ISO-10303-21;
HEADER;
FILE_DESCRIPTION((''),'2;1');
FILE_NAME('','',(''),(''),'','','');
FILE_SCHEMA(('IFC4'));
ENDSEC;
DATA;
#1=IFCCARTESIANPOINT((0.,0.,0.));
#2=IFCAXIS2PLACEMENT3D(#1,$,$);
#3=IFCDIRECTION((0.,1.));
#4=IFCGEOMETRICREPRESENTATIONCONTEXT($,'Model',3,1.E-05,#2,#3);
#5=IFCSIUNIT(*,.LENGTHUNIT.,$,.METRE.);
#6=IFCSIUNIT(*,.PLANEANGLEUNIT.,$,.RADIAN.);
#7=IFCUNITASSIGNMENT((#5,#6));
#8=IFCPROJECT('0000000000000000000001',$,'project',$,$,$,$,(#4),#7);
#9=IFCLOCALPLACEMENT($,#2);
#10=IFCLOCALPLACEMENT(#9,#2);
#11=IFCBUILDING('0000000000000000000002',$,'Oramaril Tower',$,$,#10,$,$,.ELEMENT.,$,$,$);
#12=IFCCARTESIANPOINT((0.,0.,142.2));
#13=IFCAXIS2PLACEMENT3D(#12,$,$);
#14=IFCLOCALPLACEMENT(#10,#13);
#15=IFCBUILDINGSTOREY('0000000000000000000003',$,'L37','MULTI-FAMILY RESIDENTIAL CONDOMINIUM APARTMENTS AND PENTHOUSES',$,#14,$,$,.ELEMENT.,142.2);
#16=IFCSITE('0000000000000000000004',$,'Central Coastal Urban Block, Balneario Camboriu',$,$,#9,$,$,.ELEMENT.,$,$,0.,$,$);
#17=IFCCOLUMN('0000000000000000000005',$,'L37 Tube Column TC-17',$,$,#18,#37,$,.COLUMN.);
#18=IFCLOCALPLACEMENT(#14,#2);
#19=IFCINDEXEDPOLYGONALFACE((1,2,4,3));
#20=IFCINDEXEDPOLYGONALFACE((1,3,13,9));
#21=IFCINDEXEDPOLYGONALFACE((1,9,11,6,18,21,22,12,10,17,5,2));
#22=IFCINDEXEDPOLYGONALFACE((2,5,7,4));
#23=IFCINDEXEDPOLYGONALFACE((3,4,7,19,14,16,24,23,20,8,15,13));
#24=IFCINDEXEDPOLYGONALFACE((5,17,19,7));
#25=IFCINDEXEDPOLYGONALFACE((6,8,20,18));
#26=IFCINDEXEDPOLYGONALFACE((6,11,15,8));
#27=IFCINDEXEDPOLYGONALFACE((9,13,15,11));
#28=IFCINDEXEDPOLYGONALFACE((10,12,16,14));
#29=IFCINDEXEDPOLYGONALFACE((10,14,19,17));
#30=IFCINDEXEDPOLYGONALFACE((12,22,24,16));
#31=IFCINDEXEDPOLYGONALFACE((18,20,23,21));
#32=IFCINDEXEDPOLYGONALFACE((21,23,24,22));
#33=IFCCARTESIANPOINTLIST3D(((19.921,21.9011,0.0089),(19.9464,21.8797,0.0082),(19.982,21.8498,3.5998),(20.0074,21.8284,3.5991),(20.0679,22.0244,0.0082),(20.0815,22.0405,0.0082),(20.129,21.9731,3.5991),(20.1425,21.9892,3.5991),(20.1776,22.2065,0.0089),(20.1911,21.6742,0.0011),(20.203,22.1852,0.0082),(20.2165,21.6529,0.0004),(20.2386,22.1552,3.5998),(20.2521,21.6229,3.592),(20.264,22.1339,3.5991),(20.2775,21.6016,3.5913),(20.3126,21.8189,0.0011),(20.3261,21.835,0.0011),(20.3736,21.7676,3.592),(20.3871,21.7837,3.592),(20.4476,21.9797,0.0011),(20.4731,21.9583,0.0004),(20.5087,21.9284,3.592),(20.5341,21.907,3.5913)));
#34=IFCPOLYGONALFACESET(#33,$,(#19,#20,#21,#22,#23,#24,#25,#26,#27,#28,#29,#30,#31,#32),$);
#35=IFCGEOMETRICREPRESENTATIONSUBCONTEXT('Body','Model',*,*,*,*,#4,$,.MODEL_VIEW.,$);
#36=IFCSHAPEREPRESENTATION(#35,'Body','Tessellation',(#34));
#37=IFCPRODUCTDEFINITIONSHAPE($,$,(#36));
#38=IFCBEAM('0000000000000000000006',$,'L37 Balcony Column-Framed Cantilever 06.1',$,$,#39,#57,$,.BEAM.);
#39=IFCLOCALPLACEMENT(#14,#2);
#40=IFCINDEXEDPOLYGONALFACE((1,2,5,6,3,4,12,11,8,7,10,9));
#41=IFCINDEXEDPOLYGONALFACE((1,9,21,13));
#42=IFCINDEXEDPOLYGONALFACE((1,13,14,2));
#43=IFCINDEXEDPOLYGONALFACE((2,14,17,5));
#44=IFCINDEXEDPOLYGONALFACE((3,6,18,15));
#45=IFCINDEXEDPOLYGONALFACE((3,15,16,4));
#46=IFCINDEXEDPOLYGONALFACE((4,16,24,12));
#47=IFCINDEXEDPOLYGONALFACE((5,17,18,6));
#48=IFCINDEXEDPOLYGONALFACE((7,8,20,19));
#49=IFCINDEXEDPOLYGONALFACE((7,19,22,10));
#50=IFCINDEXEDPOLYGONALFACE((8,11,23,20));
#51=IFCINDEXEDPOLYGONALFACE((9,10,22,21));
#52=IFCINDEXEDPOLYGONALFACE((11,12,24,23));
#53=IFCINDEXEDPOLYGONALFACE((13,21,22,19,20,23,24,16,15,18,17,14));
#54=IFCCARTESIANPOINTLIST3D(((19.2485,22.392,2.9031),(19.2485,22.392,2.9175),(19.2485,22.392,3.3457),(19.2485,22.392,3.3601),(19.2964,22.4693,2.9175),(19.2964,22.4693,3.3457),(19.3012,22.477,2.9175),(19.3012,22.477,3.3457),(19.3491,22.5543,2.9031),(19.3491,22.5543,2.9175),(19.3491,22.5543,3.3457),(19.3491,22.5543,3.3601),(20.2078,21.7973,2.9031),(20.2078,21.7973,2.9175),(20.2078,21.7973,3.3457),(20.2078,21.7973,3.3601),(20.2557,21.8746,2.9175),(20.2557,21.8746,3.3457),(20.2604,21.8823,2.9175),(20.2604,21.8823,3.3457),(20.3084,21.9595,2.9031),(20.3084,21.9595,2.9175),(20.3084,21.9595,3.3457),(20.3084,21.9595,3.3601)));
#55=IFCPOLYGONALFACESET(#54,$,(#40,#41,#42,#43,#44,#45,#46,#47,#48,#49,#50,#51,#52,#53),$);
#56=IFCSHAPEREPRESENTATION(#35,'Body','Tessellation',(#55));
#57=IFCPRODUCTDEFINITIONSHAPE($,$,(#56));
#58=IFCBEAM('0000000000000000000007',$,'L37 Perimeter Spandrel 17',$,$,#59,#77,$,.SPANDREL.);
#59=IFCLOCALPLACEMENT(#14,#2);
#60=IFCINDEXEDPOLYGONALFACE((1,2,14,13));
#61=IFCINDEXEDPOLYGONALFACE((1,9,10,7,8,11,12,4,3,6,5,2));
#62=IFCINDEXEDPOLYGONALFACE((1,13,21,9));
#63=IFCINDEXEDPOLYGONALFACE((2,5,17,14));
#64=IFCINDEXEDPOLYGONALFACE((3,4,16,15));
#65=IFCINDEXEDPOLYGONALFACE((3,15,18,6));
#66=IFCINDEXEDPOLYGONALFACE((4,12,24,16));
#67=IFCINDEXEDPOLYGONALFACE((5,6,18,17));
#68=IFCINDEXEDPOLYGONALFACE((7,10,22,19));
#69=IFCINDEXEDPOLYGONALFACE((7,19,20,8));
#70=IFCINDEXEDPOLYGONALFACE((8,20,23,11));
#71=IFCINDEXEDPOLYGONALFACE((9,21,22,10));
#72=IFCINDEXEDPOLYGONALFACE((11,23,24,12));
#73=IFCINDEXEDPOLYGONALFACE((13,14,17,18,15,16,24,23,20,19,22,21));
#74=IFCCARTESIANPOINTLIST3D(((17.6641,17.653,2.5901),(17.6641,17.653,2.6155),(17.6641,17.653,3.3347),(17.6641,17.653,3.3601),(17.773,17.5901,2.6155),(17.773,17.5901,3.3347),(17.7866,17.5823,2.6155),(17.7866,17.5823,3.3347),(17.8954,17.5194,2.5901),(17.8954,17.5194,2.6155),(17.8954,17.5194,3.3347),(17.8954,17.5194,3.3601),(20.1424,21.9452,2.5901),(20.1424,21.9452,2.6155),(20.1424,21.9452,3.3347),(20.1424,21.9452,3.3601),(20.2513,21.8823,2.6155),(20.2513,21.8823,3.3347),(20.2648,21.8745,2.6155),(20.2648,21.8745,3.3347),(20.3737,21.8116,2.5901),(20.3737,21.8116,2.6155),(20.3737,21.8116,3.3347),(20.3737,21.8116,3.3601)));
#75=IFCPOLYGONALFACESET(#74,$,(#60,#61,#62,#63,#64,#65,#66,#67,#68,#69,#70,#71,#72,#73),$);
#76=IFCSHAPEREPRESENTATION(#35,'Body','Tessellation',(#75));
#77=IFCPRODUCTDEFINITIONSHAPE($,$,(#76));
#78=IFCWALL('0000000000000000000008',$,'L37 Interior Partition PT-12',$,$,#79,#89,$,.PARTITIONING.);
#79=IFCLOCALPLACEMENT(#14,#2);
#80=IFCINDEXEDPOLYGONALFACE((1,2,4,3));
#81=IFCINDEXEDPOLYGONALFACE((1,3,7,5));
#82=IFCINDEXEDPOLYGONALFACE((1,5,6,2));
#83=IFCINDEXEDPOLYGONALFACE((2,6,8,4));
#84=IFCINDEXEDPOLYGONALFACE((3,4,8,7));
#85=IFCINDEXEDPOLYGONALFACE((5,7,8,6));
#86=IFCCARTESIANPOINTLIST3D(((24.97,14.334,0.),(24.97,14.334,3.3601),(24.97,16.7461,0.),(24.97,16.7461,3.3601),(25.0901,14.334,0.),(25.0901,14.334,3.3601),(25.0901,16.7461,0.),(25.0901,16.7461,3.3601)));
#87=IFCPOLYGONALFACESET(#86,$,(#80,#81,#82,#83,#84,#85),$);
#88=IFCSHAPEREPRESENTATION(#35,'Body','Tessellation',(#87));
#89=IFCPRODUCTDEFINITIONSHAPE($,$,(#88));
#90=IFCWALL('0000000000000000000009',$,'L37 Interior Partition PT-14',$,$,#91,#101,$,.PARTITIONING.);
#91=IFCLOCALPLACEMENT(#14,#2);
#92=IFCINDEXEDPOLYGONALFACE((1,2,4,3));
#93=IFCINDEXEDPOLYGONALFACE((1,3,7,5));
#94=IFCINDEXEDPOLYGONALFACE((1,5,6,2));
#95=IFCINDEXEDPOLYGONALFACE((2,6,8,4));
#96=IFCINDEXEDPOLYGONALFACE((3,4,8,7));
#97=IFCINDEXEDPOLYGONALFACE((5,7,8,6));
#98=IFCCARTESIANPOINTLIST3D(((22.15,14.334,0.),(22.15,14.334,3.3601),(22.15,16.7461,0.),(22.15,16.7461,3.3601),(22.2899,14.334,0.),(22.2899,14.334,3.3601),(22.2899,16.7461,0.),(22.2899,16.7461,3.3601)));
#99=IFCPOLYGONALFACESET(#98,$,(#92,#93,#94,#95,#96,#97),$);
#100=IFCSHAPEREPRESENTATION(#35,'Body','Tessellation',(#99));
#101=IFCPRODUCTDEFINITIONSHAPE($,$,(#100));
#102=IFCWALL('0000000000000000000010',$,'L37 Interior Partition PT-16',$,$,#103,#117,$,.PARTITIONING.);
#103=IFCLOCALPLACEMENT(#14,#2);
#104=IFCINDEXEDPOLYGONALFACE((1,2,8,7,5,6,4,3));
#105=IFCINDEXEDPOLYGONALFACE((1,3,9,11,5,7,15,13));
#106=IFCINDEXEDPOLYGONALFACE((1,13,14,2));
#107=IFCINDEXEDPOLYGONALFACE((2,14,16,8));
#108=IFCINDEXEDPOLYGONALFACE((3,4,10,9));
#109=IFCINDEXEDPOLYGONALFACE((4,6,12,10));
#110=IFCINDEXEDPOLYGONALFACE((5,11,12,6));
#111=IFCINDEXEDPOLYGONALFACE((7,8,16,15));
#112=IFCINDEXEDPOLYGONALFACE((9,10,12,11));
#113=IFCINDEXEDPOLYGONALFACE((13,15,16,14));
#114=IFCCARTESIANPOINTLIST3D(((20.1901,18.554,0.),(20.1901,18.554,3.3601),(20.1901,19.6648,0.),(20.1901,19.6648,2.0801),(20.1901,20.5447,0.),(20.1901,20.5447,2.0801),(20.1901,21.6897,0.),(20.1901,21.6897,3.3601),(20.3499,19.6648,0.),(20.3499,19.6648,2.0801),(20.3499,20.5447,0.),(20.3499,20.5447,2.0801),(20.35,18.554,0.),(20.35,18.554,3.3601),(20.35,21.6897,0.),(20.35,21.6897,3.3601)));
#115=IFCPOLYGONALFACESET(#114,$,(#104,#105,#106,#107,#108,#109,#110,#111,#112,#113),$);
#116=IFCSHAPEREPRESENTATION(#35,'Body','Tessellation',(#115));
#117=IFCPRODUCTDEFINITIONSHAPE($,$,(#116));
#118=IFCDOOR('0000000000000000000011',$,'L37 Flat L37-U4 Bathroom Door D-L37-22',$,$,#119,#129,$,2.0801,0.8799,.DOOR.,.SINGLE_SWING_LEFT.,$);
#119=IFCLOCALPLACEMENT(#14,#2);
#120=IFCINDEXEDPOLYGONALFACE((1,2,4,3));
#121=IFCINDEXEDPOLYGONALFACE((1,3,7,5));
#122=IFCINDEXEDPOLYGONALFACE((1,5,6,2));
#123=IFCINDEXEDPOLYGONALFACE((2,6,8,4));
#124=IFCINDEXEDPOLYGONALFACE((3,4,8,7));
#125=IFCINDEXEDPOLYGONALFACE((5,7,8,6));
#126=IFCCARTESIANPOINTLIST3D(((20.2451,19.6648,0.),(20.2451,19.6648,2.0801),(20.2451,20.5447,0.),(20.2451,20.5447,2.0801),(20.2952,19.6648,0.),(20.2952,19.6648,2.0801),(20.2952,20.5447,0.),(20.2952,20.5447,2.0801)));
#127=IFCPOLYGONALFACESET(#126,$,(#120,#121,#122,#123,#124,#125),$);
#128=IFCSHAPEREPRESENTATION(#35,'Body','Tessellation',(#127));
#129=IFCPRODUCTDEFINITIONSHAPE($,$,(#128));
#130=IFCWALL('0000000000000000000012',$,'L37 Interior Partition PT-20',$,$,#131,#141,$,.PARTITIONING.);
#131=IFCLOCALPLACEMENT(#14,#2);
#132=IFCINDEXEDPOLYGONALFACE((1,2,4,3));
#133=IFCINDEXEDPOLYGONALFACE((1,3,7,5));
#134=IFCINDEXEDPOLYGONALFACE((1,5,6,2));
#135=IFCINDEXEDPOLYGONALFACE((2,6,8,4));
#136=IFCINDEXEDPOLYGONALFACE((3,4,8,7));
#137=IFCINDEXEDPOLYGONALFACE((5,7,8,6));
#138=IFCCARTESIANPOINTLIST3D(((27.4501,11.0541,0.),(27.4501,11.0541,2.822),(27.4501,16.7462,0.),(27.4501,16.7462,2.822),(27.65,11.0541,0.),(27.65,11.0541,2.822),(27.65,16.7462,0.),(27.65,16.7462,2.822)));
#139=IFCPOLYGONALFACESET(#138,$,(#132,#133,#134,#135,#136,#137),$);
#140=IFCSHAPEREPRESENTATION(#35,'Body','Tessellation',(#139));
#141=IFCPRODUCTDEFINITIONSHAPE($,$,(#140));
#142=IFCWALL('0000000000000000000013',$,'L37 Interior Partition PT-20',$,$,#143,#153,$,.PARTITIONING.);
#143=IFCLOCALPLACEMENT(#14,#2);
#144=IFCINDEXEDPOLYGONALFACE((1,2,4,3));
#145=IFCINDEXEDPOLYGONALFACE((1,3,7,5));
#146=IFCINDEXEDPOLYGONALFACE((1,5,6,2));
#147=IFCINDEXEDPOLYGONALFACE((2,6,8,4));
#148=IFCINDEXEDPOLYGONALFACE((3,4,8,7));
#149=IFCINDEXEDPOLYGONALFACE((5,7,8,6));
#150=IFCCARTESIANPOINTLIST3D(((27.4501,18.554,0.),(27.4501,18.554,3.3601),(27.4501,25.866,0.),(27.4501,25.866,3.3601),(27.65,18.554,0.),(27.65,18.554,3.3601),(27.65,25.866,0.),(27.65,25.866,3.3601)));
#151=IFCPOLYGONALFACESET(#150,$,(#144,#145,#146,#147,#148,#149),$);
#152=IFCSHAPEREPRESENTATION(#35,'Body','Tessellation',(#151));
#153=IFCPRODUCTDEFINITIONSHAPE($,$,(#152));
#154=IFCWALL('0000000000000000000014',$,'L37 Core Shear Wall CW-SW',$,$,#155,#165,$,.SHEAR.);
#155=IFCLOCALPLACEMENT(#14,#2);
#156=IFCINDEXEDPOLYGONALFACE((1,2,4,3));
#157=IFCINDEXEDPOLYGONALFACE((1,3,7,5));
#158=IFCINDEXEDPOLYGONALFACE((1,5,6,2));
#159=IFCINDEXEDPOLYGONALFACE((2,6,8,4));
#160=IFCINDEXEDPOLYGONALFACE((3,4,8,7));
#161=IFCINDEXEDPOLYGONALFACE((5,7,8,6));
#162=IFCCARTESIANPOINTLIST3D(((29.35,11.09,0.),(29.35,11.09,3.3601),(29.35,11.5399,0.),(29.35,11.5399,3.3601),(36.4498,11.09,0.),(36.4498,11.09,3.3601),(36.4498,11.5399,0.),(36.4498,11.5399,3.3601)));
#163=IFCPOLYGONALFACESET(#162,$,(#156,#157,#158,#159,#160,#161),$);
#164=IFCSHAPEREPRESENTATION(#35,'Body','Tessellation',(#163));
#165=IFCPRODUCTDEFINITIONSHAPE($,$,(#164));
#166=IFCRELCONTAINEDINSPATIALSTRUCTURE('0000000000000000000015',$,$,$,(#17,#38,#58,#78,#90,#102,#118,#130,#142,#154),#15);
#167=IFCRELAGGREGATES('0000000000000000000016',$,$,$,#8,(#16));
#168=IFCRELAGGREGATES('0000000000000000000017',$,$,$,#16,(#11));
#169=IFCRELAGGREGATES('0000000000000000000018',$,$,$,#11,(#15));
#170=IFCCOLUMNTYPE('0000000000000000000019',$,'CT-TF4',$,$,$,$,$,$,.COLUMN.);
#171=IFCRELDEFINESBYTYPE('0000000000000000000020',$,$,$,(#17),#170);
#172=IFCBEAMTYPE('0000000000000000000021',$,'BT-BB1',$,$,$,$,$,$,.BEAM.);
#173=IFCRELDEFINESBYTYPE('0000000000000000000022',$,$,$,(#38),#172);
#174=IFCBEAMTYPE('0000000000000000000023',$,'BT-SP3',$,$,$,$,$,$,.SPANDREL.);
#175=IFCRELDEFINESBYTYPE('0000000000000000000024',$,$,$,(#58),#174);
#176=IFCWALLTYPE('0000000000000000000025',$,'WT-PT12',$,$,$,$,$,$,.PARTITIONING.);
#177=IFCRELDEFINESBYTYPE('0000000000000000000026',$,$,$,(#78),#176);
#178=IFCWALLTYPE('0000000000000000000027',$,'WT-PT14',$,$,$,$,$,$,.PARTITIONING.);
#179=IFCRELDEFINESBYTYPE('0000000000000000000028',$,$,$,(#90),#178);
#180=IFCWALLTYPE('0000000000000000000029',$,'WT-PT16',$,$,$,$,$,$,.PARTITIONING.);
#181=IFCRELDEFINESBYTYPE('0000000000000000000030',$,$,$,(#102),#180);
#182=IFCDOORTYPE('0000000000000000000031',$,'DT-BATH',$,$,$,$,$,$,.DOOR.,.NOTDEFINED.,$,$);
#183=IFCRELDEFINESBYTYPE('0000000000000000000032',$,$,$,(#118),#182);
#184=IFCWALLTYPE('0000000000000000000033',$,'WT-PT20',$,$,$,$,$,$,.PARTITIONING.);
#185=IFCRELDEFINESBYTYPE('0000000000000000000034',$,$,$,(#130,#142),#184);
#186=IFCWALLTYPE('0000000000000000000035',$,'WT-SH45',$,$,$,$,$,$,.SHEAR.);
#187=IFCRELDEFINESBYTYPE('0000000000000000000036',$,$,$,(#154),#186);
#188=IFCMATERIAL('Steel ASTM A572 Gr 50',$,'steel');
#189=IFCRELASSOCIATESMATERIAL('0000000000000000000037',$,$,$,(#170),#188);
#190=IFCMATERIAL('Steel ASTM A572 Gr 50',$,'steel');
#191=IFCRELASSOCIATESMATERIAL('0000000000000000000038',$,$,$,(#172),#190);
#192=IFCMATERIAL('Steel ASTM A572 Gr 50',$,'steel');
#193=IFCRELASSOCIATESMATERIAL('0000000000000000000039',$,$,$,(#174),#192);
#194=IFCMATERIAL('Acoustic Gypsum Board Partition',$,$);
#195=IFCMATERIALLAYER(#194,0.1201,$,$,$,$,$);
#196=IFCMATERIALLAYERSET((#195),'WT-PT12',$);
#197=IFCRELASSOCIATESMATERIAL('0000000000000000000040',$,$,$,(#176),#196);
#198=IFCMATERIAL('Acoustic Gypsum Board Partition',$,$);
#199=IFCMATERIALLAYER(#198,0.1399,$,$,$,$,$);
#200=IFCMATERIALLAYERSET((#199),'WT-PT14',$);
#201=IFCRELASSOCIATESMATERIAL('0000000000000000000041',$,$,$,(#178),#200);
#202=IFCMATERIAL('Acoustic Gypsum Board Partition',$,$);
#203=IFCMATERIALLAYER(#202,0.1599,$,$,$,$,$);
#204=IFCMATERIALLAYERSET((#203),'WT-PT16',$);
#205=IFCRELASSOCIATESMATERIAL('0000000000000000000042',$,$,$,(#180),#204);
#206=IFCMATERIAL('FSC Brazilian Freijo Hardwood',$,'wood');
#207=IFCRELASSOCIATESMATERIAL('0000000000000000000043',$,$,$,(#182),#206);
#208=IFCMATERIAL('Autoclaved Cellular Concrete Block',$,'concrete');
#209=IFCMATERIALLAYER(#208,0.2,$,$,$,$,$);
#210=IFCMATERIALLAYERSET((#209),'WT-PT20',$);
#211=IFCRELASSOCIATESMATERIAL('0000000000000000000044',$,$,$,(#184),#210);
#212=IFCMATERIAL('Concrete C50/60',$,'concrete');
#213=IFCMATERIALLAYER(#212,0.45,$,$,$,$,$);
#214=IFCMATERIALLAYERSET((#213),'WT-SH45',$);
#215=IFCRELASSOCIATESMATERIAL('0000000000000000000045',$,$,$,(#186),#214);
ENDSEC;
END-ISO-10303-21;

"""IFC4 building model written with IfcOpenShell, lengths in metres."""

from ifc_helpers import new_model, si_unit, direction, frame, frame_2d, origin, origin_2d, place, context, subcontext, project, spatial, rectangle, i_section, extrude, material, layer, layer_set, material_profile, profile_set, type_object, element, fill, save


model = new_model("IFC4")

# Units and contexts
model_context = context("Model", 3, precision=1e-05, world=origin(), true_north=direction((0.0, 1.0)))
body_context = subcontext(model_context, "Body", "Model", "MODEL_VIEW")
ifc_project = project(units=[si_unit("LENGTHUNIT", "METRE"), si_unit("PLANEANGLEUNIT", "RADIAN")], contexts=[model_context])

# Site, building, storey
site_placement = place(None, origin())
site = spatial("IfcSite", under=ifc_project, at=site_placement, Name="Central Coastal Urban Block, Balneario Camboriu", CompositionType="ELEMENT", RefElevation=0.0)
building_placement = place(site_placement, origin())
building = spatial("IfcBuilding", under=site, at=building_placement, Name="Oramaril Tower", CompositionType="ELEMENT")
storey_placement = place(building_placement, frame((0.0, 0.0, 142.2)))
storey = spatial("IfcBuildingStorey", under=building, at=storey_placement, Name="L37", Description="MULTI-FAMILY RESIDENTIAL CONDOMINIUM APARTMENTS AND PENTHOUSES", CompositionType="ELEMENT", Elevation=142.2)

# Column
ifc_material_1 = material(Name="Steel ASTM A572 Gr 50", Category="steel")
ifc_material_profile_1 = material_profile(ifc_material_1, i_section(OverallWidth=0.3989, OverallDepth=0.386, WebThickness=0.021, FlangeThickness=0.0332, at=origin_2d()), Name="W14X176")
ifc_profile_set_1 = profile_set([ifc_material_profile_1], Name="Steel ASTM A572 Gr 50")
column_type = type_object("IfcColumnType", Name="CT-TF4", PredefinedType="COLUMN", material=ifc_profile_set_1)
column_placement = place(storey_placement, frame((20.197, 21.9297, 0.0046), z_axis=(0.016993, -0.014274, 0.999754), x_axis=(0.643192, 0.765705, 0.0)))
element("IfcColumn", 1, at=column_placement, inside=storey, type_object=column_type, Name="L37 Tube Column TC-17", PredefinedType="COLUMN", context=body_context, shape_type="SweptSolid", body=[
    extrude(i_section(OverallWidth=0.3989, OverallDepth=0.386, WebThickness=0.021, FlangeThickness=0.0332, at=origin_2d()), origin(), (0.0, 0.0, 1.0), 3.5918),
])

# Beams
ifc_material_2 = material(Name="Steel ASTM A572 Gr 50", Category="steel")
ifc_material_profile_2 = material_profile(ifc_material_2, i_section(OverallWidth=0.1909, OverallDepth=0.457, WebThickness=0.009, FlangeThickness=0.0144, at=origin_2d()), Name="W18X50")
ifc_profile_set_2 = profile_set([ifc_material_profile_2], Name="Steel ASTM A572 Gr 50")
beam_type_1 = type_object("IfcBeamType", Name="BT-BB1", PredefinedType="BEAM", material=ifc_profile_set_2)
beam_1_placement = place(storey_placement, frame((20.2581, 21.8784, 3.1316), z_axis=(-0.849901, 0.526943, 0.0), x_axis=(-0.526943, -0.849901, 0.0)))
element("IfcBeam", 2, at=beam_1_placement, inside=storey, type_object=beam_type_1, Name="L37 Balcony Column-Framed Cantilever 06.1", PredefinedType="BEAM", context=body_context, shape_type="SweptSolid", body=[
    extrude(i_section(OverallWidth=0.1909, OverallDepth=0.457, WebThickness=0.009, FlangeThickness=0.0144, at=origin_2d()), origin(), (0.0, 0.0, 1.0), 1.1287),
])
ifc_material_3 = material(Name="Steel ASTM A572 Gr 50", Category="steel")
ifc_material_profile_3 = material_profile(ifc_material_3, i_section(OverallWidth=0.2671, OverallDepth=0.77, WebThickness=0.0156, FlangeThickness=0.0254, at=origin_2d()), Name="W30X132")
ifc_profile_set_3 = profile_set([ifc_material_profile_3], Name="Steel ASTM A572 Gr 50")
beam_type_2 = type_object("IfcBeamType", Name="BT-SP3", PredefinedType="SPANDREL", material=ifc_profile_set_3)
beam_2_placement = place(storey_placement, frame((20.2581, 21.8784, 2.9751), z_axis=(-0.500022, -0.866013, 0.0), x_axis=(0.866013, -0.500022, 0.0)))
element("IfcBeam", 3, at=beam_2_placement, inside=storey, type_object=beam_type_2, Name="L37 Perimeter Spandrel 17", PredefinedType="SPANDREL", context=body_context, shape_type="SweptSolid", body=[
    extrude(i_section(OverallWidth=0.2671, OverallDepth=0.77, WebThickness=0.0156, FlangeThickness=0.0254, at=origin_2d()), origin(), (0.0, 0.0, 1.0), 4.9563),
])

# Walls
ifc_material_4 = material(Name="Acoustic Gypsum Board Partition")
ifc_layer_1 = layer(ifc_material_4, 0.1201)
ifc_layer_set_1 = layer_set([ifc_layer_1], Name="WT-PT12")
wall_type_1 = type_object("IfcWallType", Name="WT-PT12", PredefinedType="PARTITIONING", material=ifc_layer_set_1)
wall_1_placement = place(storey_placement, frame((25.03, 14.334, 0.0), z_axis=(0.0, 0.0, 1.0), x_axis=(0.0, 1.0, 0.0)))
element("IfcWall", 4, at=wall_1_placement, inside=storey, type_object=wall_type_1, Name="L37 Interior Partition PT-12", PredefinedType="PARTITIONING", context=body_context, shape_type="SweptSolid", body=[
    extrude(rectangle(XDim=2.4121, YDim=0.1201, at=frame_2d((1.2061, 0.0))), origin(), (0.0, 0.0, 1.0), 3.3601),
])
ifc_material_5 = material(Name="Acoustic Gypsum Board Partition")
ifc_layer_2 = layer(ifc_material_5, 0.1399)
ifc_layer_set_2 = layer_set([ifc_layer_2], Name="WT-PT14")
wall_type_2 = type_object("IfcWallType", Name="WT-PT14", PredefinedType="PARTITIONING", material=ifc_layer_set_2)
wall_2_placement = place(storey_placement, frame((22.22, 14.334, 0.0), z_axis=(0.0, 0.0, 1.0), x_axis=(0.0, 1.0, 0.0)))
element("IfcWall", 5, at=wall_2_placement, inside=storey, type_object=wall_type_2, Name="L37 Interior Partition PT-14", PredefinedType="PARTITIONING", context=body_context, shape_type="SweptSolid", body=[
    extrude(rectangle(XDim=2.4121, YDim=0.1399, at=frame_2d((1.2061, 0.0))), origin(), (0.0, 0.0, 1.0), 3.3601),
])

# Wall, opening, door
ifc_material_6 = material(Name="Acoustic Gypsum Board Partition")
ifc_layer_3 = layer(ifc_material_6, 0.1599)
ifc_layer_set_3 = layer_set([ifc_layer_3], Name="WT-PT16")
wall_type_3 = type_object("IfcWallType", Name="WT-PT16", PredefinedType="PARTITIONING", material=ifc_layer_set_3)
wall_3_placement = place(storey_placement, frame((20.27, 18.554, 0.0), z_axis=(0.0, 0.0, 1.0), x_axis=(0.0, 1.0, 0.0)))
wall_3 = element("IfcWall", 6, at=wall_3_placement, inside=storey, type_object=wall_type_3, Name="L37 Interior Partition PT-16", PredefinedType="PARTITIONING", context=body_context, shape_type="SweptSolid", body=[
    extrude(rectangle(XDim=3.1357, YDim=0.1599, at=frame_2d((1.5679, 0.0))), origin(), (0.0, 0.0, 1.0), 3.3601),
])
opening_1_placement = place(wall_3_placement, frame((1.1108, 0.0, 0.0)))
opening_1 = element("IfcOpeningElement", 7, at=opening_1_placement, cuts=wall_3, PredefinedType="OPENING", context=body_context, shape_type="SweptSolid", body=[
    extrude(rectangle(XDim=0.8799, YDim=2.0801, at=frame_2d((0.4399, 1.04))), frame((0.0, 0.0801, 0.0), z_axis=(0.0, -1.0, 0.0), x_axis=(1.0, 0.0, 0.0)), (0.0, 0.0, 1.0), 0.1599),
])
ifc_material_7 = material(Name="FSC Brazilian Freijo Hardwood", Category="wood")
door_type_1 = type_object("IfcDoorType", Name="DT-BATH", OperationType="NOTDEFINED", PredefinedType="DOOR", material=ifc_material_7)
door_1_placement = place(opening_1_placement, origin())
door_1 = element("IfcDoor", 8, at=door_1_placement, inside=storey, type_object=door_type_1, Name="L37 Flat L37-U4 Bathroom Door D-L37-22", OperationType="SINGLE_SWING_LEFT", OverallHeight=2.0801, OverallWidth=0.8799, PredefinedType="DOOR", context=body_context, shape_type="SweptSolid", body=[
    extrude(rectangle(XDim=0.8799, YDim=2.0801, at=frame_2d((0.4399, 1.04))), frame((0.0, 0.0249, 0.0), z_axis=(0.0, -1.0, 0.0), x_axis=(1.0, 0.0, 0.0)), (0.0, 0.0, 1.0), 0.05),
])
fill(opening_1, door_1)

# Walls
ifc_material_8 = material(Name="Autoclaved Cellular Concrete Block", Category="concrete")
ifc_layer_4 = layer(ifc_material_8, 0.2)
ifc_layer_set_4 = layer_set([ifc_layer_4], Name="WT-PT20")
wall_type_4 = type_object("IfcWallType", Name="WT-PT20", PredefinedType="PARTITIONING", material=ifc_layer_set_4)
wall_4_placement = place(storey_placement, frame((27.55, 11.054, 0.0), z_axis=(0.0, 0.0, 1.0), x_axis=(0.0, 1.0, 0.0)))
element("IfcWall", 9, at=wall_4_placement, inside=storey, type_object=wall_type_4, Name="L37 Interior Partition PT-20", PredefinedType="PARTITIONING", context=body_context, shape_type="SweptSolid", body=[
    extrude(rectangle(XDim=5.6921, YDim=0.2, at=frame_2d((2.8462, 0.0))), origin(), (0.0, 0.0, 1.0), 2.822),
])
wall_5_placement = place(storey_placement, frame((27.55, 18.554, 0.0), z_axis=(0.0, 0.0, 1.0), x_axis=(0.0, 1.0, 0.0)))
element("IfcWall", 10, at=wall_5_placement, inside=storey, type_object=wall_type_4, Name="L37 Interior Partition PT-20", PredefinedType="PARTITIONING", context=body_context, shape_type="SweptSolid", body=[
    extrude(rectangle(XDim=7.312, YDim=0.2, at=frame_2d((3.656, 0.0))), origin(), (0.0, 0.0, 1.0), 3.3601),
])

# Wall
ifc_material_9 = material(Name="Concrete C50/60", Category="concrete")
ifc_layer_5 = layer(ifc_material_9, 0.45)
ifc_layer_set_5 = layer_set([ifc_layer_5], Name="WT-SH45")
wall_type_5 = type_object("IfcWallType", Name="WT-SH45", PredefinedType="SHEAR", material=ifc_layer_set_5)
wall_6_placement = place(storey_placement, frame((29.3501, 11.3149, 0.0), z_axis=(0.0, 0.0, 1.0), x_axis=(1.0, 0.0, 0.0)))
element("IfcWall", 11, at=wall_6_placement, inside=storey, type_object=wall_type_5, Name="L37 Core Shear Wall CW-SW", PredefinedType="SHEAR", context=body_context, shape_type="SweptSolid", body=[
    extrude(rectangle(XDim=7.0999, YDim=0.45, at=frame_2d((3.5498, 0.0))), origin(), (0.0, 0.0, 1.0), 3.3601),
])

save(model, "model.ifc")
